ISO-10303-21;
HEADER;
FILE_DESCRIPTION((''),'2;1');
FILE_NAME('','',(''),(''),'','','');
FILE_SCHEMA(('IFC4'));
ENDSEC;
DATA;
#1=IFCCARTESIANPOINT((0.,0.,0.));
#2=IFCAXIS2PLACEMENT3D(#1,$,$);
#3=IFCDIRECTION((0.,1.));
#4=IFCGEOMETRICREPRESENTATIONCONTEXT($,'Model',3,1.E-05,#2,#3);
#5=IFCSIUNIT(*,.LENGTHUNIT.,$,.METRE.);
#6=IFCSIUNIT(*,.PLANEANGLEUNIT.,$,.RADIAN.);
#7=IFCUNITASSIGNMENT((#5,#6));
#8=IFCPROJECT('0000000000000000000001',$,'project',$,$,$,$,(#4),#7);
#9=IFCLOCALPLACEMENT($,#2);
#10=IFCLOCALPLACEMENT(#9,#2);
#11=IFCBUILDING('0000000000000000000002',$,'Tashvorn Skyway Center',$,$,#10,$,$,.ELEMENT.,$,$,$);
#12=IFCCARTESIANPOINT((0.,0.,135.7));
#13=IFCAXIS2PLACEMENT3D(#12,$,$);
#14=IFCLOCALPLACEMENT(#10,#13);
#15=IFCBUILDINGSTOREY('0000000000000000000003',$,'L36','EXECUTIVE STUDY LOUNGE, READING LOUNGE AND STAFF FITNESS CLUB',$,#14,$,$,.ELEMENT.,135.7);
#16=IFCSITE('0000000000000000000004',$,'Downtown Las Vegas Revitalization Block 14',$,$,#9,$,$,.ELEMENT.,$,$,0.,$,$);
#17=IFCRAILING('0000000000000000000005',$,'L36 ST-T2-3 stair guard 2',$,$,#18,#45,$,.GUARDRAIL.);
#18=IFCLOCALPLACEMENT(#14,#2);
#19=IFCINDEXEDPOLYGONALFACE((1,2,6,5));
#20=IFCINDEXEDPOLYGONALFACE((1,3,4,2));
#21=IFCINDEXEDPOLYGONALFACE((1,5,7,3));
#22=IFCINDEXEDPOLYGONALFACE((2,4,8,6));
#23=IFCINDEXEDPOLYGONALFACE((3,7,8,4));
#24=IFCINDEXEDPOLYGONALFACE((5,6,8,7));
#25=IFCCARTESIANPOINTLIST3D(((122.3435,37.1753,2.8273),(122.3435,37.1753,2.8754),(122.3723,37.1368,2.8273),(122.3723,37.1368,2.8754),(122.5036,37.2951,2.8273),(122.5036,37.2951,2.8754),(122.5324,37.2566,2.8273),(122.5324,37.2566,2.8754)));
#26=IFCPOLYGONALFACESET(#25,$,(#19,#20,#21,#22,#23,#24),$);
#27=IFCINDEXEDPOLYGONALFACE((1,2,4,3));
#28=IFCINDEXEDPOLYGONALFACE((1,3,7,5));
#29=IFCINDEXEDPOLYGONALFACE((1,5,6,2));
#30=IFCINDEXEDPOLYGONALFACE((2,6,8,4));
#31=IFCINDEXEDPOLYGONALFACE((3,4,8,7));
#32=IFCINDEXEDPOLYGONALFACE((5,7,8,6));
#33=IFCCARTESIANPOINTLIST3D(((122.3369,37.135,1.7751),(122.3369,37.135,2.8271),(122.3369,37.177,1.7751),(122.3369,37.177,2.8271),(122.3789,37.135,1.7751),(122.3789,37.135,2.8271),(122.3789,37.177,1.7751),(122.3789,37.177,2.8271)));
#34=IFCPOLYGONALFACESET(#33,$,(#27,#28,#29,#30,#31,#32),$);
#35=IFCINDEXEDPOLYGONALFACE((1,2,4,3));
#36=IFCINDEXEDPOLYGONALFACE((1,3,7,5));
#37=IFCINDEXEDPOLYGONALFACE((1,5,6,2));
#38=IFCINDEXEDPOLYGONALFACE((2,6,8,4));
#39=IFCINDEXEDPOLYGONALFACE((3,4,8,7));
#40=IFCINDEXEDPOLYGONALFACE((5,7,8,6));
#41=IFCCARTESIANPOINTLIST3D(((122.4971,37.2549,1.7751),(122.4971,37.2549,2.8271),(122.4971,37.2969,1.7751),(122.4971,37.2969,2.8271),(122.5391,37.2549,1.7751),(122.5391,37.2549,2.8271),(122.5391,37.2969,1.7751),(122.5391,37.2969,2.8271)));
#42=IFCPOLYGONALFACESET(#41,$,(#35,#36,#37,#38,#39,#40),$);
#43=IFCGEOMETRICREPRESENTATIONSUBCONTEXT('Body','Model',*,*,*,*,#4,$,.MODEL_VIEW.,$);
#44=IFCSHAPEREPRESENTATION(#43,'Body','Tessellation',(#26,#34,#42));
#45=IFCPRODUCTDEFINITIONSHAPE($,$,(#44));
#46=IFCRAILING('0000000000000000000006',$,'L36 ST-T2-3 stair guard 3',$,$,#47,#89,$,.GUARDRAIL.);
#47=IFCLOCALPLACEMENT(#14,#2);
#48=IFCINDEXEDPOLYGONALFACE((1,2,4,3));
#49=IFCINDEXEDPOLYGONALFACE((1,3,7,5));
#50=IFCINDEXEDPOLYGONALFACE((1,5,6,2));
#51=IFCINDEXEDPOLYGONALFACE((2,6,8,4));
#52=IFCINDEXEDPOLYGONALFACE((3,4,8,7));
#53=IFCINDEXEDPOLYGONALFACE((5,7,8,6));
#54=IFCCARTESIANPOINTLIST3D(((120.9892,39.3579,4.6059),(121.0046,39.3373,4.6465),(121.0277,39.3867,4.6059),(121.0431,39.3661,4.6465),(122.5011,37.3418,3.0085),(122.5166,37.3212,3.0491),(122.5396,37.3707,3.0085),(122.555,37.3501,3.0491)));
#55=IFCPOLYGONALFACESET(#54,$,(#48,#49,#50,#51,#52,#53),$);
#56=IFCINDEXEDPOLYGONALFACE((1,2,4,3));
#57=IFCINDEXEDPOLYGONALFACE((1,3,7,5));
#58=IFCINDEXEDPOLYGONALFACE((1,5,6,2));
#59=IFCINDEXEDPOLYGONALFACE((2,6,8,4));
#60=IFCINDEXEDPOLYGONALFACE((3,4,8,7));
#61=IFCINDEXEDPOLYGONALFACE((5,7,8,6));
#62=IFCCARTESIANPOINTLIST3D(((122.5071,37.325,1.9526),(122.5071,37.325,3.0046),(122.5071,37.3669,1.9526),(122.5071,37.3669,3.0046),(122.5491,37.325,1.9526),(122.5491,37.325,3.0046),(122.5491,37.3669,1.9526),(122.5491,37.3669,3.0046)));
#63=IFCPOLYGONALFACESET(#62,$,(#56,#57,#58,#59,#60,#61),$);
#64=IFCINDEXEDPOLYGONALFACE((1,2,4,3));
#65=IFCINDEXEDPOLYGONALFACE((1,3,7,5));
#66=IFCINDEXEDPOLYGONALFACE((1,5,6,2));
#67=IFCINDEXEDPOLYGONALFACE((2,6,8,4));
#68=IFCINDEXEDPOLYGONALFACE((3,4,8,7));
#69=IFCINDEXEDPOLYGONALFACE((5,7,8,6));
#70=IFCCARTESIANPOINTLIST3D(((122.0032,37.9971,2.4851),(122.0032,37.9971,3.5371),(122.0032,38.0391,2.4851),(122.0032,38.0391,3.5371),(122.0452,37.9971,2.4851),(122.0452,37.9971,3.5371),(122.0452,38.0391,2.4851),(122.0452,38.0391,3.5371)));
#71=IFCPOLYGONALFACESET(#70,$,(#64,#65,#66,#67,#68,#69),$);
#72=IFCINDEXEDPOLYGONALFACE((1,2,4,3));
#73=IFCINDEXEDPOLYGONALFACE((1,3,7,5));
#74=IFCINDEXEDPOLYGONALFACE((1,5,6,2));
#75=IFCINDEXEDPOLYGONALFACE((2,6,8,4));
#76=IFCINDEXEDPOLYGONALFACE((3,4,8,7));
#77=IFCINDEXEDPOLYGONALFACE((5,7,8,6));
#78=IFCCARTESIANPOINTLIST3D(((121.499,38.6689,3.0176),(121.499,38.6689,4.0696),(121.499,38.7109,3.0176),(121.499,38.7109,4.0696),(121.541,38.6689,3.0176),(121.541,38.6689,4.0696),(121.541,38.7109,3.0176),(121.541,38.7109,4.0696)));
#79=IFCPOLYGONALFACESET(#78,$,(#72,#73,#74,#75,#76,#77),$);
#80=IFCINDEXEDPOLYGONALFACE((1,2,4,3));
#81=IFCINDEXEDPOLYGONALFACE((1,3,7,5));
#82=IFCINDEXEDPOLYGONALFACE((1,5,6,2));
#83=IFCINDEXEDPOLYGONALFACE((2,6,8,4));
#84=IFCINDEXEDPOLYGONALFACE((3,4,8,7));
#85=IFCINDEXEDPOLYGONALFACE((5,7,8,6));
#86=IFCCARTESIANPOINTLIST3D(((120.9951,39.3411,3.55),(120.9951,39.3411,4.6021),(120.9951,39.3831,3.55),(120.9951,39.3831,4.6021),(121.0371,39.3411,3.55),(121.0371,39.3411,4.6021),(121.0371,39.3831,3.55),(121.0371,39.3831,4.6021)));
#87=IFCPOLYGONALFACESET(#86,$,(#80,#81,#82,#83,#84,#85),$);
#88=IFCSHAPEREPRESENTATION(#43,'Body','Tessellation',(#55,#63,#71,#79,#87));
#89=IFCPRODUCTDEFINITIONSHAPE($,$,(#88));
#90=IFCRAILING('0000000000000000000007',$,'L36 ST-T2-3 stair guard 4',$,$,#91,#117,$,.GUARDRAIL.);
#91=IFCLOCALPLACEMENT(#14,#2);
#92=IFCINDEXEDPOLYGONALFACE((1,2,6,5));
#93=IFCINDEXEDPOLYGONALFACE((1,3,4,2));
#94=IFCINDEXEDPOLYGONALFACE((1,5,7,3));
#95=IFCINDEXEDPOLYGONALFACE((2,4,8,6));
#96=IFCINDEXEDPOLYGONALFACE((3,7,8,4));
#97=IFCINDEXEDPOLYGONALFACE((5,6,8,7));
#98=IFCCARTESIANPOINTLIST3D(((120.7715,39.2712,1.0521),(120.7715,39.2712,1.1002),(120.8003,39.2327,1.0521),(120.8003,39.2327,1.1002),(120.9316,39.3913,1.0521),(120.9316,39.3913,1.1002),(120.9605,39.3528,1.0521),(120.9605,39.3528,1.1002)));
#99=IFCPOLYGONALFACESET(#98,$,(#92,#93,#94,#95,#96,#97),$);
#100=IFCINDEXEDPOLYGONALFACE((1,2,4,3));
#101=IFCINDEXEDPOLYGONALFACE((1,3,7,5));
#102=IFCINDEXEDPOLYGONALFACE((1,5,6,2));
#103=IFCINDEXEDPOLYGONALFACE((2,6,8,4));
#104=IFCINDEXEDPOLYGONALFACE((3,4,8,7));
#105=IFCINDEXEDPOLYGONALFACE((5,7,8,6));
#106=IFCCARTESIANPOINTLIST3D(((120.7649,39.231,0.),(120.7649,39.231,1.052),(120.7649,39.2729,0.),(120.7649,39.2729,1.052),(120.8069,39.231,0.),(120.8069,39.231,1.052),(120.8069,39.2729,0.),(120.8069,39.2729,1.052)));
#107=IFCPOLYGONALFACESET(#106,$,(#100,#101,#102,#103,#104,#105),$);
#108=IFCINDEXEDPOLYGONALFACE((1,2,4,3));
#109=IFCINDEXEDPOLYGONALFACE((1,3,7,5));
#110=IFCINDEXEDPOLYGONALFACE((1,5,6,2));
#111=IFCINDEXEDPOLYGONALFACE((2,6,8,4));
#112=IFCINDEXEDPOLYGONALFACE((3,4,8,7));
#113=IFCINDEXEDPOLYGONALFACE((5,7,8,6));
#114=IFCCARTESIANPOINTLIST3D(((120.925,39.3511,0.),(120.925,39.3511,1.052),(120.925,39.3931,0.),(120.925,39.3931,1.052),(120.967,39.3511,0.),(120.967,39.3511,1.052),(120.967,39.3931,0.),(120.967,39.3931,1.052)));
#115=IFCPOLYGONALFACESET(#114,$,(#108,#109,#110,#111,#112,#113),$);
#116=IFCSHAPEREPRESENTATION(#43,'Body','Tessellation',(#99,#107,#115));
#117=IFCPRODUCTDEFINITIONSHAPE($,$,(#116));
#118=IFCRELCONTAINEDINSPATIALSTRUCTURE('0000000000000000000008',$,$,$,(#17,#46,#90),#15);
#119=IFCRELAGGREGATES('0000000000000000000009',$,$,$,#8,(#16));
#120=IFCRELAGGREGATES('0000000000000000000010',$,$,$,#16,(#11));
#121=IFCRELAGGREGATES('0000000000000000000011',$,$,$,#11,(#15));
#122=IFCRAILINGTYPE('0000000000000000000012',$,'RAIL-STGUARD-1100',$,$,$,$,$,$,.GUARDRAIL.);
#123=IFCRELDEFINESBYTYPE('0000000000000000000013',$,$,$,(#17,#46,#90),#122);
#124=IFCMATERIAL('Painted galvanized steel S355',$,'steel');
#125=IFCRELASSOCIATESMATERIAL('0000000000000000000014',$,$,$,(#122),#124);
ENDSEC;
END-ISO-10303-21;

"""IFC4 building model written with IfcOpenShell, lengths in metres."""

from ifc_helpers import new_model, si_unit, direction, frame, origin, origin_2d, place, context, subcontext, project, spatial, rectangle, extrude, material, type_object, element, save


model = new_model("IFC4")

# Units and contexts
model_context = context("Model", 3, precision=1e-05, world=origin(), true_north=direction((0.0, 1.0)))
body_context = subcontext(model_context, "Body", "Model", "MODEL_VIEW")
ifc_project = project(units=[si_unit("LENGTHUNIT", "METRE"), si_unit("PLANEANGLEUNIT", "RADIAN")], contexts=[model_context])

# Site, building, storey
site_placement = place(None, origin())
site = spatial("IfcSite", under=ifc_project, at=site_placement, Name="Downtown Las Vegas Revitalization Block 14", CompositionType="ELEMENT", RefElevation=0.0)
building_placement = place(site_placement, origin())
building = spatial("IfcBuilding", under=site, at=building_placement, Name="Tashvorn Skyway Center", CompositionType="ELEMENT")
storey_placement = place(building_placement, frame((0.0, 0.0, 135.7)))
storey = spatial("IfcBuildingStorey", under=building, at=storey_placement, Name="L36", Description="EXECUTIVE STUDY LOUNGE, READING LOUNGE AND STAFF FITNESS CLUB", CompositionType="ELEMENT", Elevation=135.7)

# Railings
ifc_material_1 = material(Name="Painted galvanized steel S355", Category="steel")
railing_type_1 = type_object("IfcRailingType", Name="RAIL-STGUARD-1100", PredefinedType="GUARDRAIL", material=ifc_material_1)
railing_1_placement = place(storey_placement, frame((122.3579, 37.156, 1.7751)))
element("IfcRailing", 1, at=railing_1_placement, inside=storey, type_object=railing_type_1, Name="L36 ST-T2-3 stair guard 2", PredefinedType="GUARDRAIL", context=body_context, shape_type="SweptSolid", body=[
    extrude(rectangle(XDim=0.0481, YDim=0.0481, at=origin_2d()), frame((0.0, 0.0, 1.0762), z_axis=(0.800585, 0.599219, 0.0), x_axis=(-0.599219, 0.800585, 0.0)), (0.0, 0.0, 1.0), 0.2),
    extrude(rectangle(XDim=0.042, YDim=0.042, at=origin_2d()), origin(), (0.0, 0.0, 1.0), 1.052),
    extrude(rectangle(XDim=0.042, YDim=0.042, at=origin_2d()), frame((0.1602, 0.1199, 0.0)), (0.0, 0.0, 1.0), 1.052),
])
railing_2_placement = place(storey_placement, frame((122.5281, 37.3459, 1.9526)))
element("IfcRailing", 2, at=railing_2_placement, inside=storey, type_object=railing_type_1, Name="L36 ST-T2-3 stair guard 3", PredefinedType="GUARDRAIL", context=body_context, shape_type="SweptSolid", body=[
    extrude(rectangle(XDim=0.0481, YDim=0.0481, at=origin_2d()), frame((0.0, 0.0, 1.0762), z_axis=(-0.506741, 0.675709, 0.535379), x_axis=(-0.800023, -0.599969, 0.0)), (0.0, 0.0, 1.0), 2.9836),
    extrude(rectangle(XDim=0.042, YDim=0.042, at=origin_2d()), origin(), (0.0, 0.0, 1.0), 1.052),
    extrude(rectangle(XDim=0.042, YDim=0.042, at=origin_2d()), frame((-0.5039, 0.6721, 0.5325)), (0.0, 0.0, 1.0), 1.052),
    extrude(rectangle(XDim=0.042, YDim=0.042, at=origin_2d()), frame((-1.0081, 1.344, 1.0649)), (0.0, 0.0, 1.0), 1.052),
    extrude(rectangle(XDim=0.042, YDim=0.042, at=origin_2d()), frame((-1.512, 2.0161, 1.5974)), (0.0, 0.0, 1.0), 1.052),
])
railing_3_placement = place(storey_placement, frame((120.7859, 39.252, 0.0)))
element("IfcRailing", 3, at=railing_3_placement, inside=storey, type_object=railing_type_1, Name="L36 ST-T2-3 stair guard 4", PredefinedType="GUARDRAIL", context=body_context, shape_type="SweptSolid", body=[
    extrude(rectangle(XDim=0.0481, YDim=0.0481, at=origin_2d()), frame((0.0, 0.0, 1.0762), z_axis=(0.8, 0.6, 0.0), x_axis=(-0.6, 0.8, 0.0)), (0.0, 0.0, 1.0), 0.2002),
    extrude(rectangle(XDim=0.042, YDim=0.042, at=origin_2d()), origin(), (0.0, 0.0, 1.0), 1.052),
    extrude(rectangle(XDim=0.042, YDim=0.042, at=origin_2d()), frame((0.1602, 0.1201, 0.0)), (0.0, 0.0, 1.0), 1.052),
])

save(model, "model.ifc")
